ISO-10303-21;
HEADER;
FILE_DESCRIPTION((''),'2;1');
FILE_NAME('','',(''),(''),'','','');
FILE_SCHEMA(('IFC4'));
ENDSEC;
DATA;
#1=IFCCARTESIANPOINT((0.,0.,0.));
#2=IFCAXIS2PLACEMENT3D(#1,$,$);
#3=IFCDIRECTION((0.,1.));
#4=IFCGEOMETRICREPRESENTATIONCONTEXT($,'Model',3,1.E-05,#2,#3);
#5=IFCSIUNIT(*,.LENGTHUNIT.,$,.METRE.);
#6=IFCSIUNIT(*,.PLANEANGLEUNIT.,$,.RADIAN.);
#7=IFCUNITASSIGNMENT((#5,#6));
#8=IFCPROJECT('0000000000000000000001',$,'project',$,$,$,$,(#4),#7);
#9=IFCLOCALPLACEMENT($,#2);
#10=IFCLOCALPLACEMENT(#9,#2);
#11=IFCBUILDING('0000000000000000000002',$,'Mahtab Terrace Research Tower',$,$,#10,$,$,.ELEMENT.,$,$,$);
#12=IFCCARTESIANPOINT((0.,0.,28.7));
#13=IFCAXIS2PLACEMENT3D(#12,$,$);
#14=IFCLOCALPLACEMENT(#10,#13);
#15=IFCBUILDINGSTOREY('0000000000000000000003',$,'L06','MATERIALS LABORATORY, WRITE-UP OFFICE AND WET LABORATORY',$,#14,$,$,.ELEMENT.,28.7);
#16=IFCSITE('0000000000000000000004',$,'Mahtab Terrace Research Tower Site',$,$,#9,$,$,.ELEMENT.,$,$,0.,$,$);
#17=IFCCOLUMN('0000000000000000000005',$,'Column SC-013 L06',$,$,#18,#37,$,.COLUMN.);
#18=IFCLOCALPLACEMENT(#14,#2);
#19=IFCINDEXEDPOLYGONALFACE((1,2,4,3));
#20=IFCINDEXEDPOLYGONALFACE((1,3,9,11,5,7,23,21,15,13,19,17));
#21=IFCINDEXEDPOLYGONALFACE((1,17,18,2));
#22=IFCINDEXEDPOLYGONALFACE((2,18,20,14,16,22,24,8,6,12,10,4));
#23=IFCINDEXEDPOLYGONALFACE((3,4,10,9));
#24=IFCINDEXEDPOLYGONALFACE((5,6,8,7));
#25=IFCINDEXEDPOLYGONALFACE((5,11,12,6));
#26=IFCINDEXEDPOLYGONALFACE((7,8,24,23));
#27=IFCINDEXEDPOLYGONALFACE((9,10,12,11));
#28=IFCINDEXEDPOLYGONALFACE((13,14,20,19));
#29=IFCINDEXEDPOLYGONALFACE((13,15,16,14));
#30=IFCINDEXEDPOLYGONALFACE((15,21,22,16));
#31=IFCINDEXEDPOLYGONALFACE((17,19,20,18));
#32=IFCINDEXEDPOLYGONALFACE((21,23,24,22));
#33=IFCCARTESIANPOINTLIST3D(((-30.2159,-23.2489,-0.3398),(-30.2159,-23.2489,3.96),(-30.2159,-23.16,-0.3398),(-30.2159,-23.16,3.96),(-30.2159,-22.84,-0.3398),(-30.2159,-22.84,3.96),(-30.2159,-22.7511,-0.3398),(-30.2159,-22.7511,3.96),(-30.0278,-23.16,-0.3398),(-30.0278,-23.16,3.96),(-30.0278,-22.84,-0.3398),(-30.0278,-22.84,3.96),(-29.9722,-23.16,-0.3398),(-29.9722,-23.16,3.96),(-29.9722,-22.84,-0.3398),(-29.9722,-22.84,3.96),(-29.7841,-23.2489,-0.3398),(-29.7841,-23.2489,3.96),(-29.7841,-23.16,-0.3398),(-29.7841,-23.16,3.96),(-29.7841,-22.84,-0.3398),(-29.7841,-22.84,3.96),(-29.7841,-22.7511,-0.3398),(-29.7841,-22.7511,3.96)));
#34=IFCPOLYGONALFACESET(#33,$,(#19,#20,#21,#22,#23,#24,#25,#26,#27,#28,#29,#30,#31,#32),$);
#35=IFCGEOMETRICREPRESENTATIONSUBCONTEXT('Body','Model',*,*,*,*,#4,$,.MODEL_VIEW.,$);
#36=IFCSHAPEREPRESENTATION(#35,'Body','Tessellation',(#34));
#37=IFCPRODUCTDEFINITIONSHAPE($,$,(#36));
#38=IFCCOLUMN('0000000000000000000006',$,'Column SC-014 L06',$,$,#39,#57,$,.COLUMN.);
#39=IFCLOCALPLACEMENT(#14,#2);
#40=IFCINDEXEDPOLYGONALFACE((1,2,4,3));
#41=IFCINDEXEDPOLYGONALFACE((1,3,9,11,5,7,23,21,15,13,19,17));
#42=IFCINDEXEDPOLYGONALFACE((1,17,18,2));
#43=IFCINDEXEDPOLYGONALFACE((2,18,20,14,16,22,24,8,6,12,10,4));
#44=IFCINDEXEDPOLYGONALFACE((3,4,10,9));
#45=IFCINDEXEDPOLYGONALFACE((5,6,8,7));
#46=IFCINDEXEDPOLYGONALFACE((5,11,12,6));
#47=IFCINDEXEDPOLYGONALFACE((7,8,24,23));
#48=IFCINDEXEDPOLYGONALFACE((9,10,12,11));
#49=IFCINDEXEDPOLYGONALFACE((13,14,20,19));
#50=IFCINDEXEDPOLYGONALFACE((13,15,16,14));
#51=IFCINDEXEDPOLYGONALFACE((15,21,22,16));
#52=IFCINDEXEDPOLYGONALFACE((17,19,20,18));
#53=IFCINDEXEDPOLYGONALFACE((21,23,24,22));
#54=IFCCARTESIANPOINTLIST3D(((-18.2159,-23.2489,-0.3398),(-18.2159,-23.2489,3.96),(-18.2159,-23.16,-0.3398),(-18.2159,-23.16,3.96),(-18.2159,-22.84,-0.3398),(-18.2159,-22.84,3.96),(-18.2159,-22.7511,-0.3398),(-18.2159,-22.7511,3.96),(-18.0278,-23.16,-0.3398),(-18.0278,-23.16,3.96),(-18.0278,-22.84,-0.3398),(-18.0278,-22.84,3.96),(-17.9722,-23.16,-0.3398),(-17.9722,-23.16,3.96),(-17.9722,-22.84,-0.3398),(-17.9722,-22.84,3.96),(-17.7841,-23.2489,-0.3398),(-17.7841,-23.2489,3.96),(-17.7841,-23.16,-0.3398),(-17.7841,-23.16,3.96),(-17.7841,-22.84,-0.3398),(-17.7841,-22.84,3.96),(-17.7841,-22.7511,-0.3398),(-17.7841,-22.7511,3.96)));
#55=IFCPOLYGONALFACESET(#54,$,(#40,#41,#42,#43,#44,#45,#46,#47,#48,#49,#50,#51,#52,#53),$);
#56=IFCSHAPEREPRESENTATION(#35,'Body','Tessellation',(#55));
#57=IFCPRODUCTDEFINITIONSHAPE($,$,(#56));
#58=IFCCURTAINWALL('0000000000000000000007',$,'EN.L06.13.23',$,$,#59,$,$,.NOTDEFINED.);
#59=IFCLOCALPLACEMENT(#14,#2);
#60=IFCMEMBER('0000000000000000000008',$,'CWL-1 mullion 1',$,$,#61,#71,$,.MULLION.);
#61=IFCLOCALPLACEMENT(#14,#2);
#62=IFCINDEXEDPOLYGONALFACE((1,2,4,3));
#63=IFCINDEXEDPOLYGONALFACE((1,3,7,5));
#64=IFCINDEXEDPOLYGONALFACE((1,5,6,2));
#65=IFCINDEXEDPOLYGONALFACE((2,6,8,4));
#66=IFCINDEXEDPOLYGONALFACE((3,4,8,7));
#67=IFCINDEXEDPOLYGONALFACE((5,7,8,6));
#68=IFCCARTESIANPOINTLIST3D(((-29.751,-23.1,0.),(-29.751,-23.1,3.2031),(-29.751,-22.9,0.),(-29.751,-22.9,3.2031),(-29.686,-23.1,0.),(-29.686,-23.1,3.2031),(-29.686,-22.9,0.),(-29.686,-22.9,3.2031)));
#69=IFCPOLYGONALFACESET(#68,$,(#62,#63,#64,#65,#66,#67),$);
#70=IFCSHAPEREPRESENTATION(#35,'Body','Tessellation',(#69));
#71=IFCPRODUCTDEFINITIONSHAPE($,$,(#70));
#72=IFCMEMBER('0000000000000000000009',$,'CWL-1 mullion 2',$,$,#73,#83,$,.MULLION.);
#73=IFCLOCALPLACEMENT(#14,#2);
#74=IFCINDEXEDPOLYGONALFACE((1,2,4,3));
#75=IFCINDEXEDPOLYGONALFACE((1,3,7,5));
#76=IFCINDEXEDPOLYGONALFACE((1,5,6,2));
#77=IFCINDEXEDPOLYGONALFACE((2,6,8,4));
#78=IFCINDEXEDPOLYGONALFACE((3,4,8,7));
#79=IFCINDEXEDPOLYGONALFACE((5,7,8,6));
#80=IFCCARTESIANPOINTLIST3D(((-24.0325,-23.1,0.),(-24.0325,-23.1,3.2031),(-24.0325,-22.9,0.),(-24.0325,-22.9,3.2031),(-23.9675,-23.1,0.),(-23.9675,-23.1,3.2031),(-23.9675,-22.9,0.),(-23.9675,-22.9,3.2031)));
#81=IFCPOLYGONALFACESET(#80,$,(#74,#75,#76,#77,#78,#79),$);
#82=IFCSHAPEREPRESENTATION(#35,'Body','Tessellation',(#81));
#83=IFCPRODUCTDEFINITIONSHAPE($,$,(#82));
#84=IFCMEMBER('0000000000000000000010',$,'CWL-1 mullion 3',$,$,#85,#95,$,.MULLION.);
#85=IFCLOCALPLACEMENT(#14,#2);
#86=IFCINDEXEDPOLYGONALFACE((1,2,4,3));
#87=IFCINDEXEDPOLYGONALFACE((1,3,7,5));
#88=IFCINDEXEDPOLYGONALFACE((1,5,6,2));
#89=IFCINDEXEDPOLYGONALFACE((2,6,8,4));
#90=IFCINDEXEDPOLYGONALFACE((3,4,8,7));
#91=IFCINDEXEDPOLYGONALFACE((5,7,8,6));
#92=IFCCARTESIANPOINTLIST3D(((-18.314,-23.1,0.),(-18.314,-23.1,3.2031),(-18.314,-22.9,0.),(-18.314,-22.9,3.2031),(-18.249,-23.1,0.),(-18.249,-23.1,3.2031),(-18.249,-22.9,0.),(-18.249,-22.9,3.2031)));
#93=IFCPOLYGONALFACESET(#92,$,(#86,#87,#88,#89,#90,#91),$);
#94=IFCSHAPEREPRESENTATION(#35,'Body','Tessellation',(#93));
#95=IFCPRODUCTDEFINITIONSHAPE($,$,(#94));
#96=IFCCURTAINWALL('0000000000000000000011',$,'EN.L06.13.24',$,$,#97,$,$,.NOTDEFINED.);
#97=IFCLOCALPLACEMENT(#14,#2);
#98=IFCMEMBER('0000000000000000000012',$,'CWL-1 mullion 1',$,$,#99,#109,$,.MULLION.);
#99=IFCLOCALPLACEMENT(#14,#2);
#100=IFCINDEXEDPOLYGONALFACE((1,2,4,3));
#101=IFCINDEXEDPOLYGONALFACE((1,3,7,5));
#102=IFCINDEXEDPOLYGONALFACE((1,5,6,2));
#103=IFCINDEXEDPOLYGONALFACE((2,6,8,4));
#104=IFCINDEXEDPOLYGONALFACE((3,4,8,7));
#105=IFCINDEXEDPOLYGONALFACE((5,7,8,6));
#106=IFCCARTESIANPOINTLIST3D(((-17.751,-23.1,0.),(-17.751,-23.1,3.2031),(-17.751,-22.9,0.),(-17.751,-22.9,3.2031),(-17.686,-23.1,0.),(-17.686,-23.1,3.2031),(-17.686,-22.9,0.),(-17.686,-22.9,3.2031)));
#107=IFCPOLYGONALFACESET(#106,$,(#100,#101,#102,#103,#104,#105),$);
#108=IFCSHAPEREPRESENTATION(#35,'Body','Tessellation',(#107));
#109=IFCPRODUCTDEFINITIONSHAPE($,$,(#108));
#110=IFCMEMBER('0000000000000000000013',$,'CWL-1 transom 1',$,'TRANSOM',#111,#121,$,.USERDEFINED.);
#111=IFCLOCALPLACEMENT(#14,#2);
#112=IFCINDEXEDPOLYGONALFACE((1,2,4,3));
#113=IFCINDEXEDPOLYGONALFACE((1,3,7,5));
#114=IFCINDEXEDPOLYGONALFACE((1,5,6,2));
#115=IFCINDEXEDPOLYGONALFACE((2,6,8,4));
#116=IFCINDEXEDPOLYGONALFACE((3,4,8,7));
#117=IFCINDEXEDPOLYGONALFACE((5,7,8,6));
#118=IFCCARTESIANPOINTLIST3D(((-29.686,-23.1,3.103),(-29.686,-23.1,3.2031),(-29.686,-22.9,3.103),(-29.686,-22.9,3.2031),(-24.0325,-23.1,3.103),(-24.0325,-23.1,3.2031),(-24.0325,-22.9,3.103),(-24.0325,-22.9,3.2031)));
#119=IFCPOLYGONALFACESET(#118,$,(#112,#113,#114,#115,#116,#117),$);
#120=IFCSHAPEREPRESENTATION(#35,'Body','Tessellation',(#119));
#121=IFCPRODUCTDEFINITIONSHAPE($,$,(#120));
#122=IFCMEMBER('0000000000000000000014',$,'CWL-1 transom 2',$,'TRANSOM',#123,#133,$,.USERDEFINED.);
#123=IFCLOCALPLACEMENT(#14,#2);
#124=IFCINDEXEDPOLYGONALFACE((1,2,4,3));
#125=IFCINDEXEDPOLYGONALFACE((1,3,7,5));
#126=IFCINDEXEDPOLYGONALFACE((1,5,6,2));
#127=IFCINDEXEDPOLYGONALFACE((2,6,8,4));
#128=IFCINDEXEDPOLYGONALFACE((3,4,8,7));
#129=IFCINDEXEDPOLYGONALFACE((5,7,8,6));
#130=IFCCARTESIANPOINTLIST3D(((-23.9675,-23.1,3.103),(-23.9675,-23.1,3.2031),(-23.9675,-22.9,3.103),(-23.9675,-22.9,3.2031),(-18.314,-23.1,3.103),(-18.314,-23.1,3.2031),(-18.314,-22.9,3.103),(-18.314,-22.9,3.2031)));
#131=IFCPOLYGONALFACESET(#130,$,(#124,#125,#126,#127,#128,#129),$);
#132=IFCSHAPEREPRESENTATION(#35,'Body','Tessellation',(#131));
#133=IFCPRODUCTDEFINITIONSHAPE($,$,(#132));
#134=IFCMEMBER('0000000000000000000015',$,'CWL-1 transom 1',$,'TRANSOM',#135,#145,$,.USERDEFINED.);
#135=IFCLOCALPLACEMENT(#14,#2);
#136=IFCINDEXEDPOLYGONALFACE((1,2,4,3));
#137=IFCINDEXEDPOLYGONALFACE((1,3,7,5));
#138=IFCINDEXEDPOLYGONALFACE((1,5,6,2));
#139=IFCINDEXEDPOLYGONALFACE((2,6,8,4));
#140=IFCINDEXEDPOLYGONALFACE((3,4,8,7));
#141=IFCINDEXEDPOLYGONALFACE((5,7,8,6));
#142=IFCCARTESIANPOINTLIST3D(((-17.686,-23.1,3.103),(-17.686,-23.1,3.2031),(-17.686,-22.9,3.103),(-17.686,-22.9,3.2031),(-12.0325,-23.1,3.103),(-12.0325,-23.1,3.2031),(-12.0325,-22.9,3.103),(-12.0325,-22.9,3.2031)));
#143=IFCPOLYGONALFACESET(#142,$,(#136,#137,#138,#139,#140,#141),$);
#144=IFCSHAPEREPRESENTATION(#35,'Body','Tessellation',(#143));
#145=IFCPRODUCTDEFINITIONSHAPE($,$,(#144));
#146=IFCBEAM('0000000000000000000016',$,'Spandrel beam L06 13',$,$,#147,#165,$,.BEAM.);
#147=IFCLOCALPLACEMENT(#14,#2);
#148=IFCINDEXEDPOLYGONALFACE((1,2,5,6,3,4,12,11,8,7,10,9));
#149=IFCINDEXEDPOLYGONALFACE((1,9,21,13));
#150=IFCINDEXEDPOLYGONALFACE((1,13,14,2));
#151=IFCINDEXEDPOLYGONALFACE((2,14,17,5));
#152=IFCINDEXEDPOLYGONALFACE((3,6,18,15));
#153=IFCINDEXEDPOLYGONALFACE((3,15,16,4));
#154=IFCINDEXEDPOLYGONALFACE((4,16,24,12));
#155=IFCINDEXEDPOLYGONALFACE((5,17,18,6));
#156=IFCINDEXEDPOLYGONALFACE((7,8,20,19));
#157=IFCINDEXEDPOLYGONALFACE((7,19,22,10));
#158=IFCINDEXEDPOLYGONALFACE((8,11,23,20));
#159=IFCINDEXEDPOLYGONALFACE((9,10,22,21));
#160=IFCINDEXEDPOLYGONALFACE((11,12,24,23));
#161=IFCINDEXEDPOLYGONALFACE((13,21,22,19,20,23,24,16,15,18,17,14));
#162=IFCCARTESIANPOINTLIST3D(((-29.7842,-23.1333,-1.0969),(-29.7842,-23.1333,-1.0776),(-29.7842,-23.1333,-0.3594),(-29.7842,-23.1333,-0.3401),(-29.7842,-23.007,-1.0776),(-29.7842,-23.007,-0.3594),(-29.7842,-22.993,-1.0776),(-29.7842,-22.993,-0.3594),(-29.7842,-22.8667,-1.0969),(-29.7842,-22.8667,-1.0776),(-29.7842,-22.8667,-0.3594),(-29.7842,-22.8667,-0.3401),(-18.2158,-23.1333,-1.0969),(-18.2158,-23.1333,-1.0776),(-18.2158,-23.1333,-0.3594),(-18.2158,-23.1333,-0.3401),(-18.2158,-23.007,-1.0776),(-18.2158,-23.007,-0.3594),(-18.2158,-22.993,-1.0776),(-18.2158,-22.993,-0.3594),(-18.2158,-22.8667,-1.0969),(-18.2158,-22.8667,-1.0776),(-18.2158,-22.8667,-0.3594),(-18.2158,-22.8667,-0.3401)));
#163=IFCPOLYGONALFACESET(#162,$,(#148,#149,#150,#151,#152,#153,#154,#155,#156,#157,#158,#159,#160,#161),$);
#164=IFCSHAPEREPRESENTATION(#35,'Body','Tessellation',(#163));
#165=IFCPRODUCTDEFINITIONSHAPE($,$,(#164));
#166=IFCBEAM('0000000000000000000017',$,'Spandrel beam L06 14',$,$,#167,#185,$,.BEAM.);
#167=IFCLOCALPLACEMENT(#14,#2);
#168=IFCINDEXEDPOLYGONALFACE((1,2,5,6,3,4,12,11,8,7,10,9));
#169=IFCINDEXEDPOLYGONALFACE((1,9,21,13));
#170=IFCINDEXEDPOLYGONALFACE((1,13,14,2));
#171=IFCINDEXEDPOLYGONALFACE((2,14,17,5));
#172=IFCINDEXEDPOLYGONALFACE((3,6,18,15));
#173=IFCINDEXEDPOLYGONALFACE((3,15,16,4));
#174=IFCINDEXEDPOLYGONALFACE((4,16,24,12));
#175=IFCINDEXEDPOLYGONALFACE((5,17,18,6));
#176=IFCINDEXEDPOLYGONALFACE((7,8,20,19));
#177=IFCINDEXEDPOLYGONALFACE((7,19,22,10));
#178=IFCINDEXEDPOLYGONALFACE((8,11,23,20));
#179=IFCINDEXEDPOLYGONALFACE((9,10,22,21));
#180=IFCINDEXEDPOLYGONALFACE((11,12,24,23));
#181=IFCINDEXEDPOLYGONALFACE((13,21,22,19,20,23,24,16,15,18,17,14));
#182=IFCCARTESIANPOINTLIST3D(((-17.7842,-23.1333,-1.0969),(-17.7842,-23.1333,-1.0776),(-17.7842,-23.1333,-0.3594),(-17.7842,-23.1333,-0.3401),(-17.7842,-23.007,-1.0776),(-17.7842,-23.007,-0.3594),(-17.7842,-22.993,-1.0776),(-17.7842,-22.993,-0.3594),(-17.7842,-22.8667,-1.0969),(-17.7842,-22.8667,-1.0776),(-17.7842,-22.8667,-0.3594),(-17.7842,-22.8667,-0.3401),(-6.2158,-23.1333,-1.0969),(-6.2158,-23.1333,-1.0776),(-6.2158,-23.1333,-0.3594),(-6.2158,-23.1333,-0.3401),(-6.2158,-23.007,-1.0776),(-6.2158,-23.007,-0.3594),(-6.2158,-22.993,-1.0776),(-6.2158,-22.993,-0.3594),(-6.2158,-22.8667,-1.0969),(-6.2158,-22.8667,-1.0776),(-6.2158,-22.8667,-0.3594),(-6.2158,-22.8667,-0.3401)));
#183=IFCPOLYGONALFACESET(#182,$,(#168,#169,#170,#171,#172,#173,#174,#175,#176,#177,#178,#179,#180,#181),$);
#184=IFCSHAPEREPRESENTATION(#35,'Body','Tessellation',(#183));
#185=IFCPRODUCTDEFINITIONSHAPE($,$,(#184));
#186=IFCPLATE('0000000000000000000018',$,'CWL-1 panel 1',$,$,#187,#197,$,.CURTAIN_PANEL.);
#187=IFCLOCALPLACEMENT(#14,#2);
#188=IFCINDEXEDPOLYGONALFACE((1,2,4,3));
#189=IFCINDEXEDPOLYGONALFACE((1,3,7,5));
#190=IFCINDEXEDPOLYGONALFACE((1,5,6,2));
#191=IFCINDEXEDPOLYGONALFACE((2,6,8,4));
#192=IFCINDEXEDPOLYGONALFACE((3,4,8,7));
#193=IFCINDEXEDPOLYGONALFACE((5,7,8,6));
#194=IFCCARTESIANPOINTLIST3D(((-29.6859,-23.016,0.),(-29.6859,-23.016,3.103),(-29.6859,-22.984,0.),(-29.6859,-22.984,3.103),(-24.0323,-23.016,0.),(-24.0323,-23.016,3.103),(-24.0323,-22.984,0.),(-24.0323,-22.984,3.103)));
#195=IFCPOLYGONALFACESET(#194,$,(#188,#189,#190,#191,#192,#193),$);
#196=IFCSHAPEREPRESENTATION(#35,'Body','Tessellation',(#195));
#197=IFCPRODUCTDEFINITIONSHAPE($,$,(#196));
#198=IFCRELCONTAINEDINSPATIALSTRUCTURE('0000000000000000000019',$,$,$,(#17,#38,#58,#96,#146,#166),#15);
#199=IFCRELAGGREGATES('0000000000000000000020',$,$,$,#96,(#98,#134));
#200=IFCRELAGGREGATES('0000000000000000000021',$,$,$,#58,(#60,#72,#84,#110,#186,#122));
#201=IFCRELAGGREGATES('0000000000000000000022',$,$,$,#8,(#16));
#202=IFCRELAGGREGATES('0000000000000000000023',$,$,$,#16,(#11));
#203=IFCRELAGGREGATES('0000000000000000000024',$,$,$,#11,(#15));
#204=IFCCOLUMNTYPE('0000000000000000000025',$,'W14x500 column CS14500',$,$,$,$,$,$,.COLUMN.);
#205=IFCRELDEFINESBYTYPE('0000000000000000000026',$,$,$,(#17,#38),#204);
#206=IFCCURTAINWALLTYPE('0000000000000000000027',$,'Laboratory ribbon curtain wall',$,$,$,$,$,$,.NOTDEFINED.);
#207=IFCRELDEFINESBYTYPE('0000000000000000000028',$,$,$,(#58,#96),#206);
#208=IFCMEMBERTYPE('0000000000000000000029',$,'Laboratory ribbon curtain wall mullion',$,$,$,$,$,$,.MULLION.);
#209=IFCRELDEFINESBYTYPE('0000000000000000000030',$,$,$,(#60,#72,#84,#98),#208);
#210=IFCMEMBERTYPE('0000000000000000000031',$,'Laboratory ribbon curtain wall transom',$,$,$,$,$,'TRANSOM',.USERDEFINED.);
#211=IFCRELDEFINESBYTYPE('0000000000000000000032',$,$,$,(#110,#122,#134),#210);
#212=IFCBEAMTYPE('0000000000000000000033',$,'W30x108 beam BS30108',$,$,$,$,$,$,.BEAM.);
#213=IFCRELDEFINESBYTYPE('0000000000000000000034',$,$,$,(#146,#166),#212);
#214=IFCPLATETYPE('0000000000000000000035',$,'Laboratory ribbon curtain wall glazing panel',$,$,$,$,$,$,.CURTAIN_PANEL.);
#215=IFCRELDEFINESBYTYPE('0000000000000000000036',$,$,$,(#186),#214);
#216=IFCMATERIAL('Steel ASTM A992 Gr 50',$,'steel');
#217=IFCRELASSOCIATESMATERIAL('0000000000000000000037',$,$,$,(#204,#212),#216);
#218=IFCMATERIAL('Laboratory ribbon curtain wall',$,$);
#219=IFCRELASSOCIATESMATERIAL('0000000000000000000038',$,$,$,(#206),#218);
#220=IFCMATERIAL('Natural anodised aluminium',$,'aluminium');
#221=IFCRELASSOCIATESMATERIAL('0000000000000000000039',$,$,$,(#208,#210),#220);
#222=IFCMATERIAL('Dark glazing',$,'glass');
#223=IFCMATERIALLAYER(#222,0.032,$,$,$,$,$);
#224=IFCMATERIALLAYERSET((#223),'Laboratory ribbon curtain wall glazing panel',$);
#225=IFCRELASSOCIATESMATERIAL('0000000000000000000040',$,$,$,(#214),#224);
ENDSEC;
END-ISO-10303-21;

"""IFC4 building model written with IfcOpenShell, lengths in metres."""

from ifc_helpers import new_model, si_unit, direction, frame, origin, origin_2d, place, context, subcontext, project, spatial, rectangle, i_section, extrude, material, layer, layer_set, material_profile, profile_set, type_object, element, aggregate, save


model = new_model("IFC4")

# Units and contexts
model_context = context("Model", 3, precision=1e-05, world=origin(), true_north=direction((0.0, 1.0)))
body_context = subcontext(model_context, "Body", "Model", "MODEL_VIEW")
ifc_project = project(units=[si_unit("LENGTHUNIT", "METRE"), si_unit("PLANEANGLEUNIT", "RADIAN")], contexts=[model_context])

# Site, building, storey
site_placement = place(None, origin())
site = spatial("IfcSite", under=ifc_project, at=site_placement, Name="Mahtab Terrace Research Tower Site", CompositionType="ELEMENT", RefElevation=0.0)
building_placement = place(site_placement, origin())
building = spatial("IfcBuilding", under=site, at=building_placement, Name="Mahtab Terrace Research Tower", CompositionType="ELEMENT")
storey_placement = place(building_placement, frame((0.0, 0.0, 28.7)))
storey = spatial("IfcBuildingStorey", under=building, at=storey_placement, Name="L06", Description="MATERIALS LABORATORY, WRITE-UP OFFICE AND WET LABORATORY", CompositionType="ELEMENT", Elevation=28.7)

# Columns
ifc_material_1 = material(Name="Steel ASTM A992 Gr 50", Category="steel")
ifc_material_profile_1 = material_profile(ifc_material_1, i_section(OverallWidth=0.4319, OverallDepth=0.4978, WebThickness=0.0557, FlangeThickness=0.0889, at=origin_2d()), Name="W14X500")
ifc_profile_set_1 = profile_set([ifc_material_profile_1], Name="Steel ASTM A992 Gr 50")
column_type = type_object("IfcColumnType", Name="W14x500 column CS14500", PredefinedType="COLUMN", material=ifc_profile_set_1)
for number, where, z_axis, x_axis, name in (
    (1, (-30.0, -23.0, -0.3398), (0.0, 0.0, 1.0), (1.0, 0.0, 0.0), "Column SC-013 L06"),
    (2, (-18.0, -23.0, -0.3398), (0.0, 0.0, 1.0), (1.0, 0.0, 0.0), "Column SC-014 L06"),
):
    element("IfcColumn", number, at=place(storey_placement, frame(where, z_axis=z_axis, x_axis=x_axis)), inside=storey, type_object=column_type, Name=name, PredefinedType="COLUMN", context=body_context, shape_type="SweptSolid", body=[
        extrude(i_section(OverallWidth=0.4319, OverallDepth=0.4978, WebThickness=0.0557, FlangeThickness=0.0889, at=origin_2d()), origin(), (0.0, 0.0, 1.0), 4.2998),
    ])

# Curtain wall, members
ifc_material_2 = material(Name="Laboratory ribbon curtain wall")
curtain_wall_type = type_object("IfcCurtainWallType", Name="Laboratory ribbon curtain wall", PredefinedType="NOTDEFINED", material=ifc_material_2)
curtain_wall_1_placement = place(storey_placement, origin())
curtain_wall_1 = element("IfcCurtainWall", 3, at=curtain_wall_1_placement, inside=storey, type_object=curtain_wall_type, Name="EN.L06.13.23", PredefinedType="NOTDEFINED")
ifc_material_3 = material(Name="Natural anodised aluminium", Category="aluminium")
ifc_material_profile_2 = material_profile(ifc_material_3, rectangle(XDim=0.2, YDim=0.0649, at=origin_2d()), Name="MULLION 65x200")
ifc_profile_set_2 = profile_set([ifc_material_profile_2], Name="Natural anodised aluminium")
member_type_1 = type_object("IfcMemberType", Name="Laboratory ribbon curtain wall mullion", PredefinedType="MULLION", material=ifc_profile_set_2)
member_1_placement = place(storey_placement, frame((-29.7185, -23.0, 0.0), z_axis=(0.0, 0.0, 1.0), x_axis=(0.0, 1.0, 0.0)))
member_1 = element("IfcMember", 4, at=member_1_placement, type_object=member_type_1, Name="CWL-1 mullion 1", PredefinedType="MULLION", context=body_context, shape_type="SweptSolid", body=[
    extrude(rectangle(XDim=0.2, YDim=0.0649, at=origin_2d()), origin(), (0.0, 0.0, 1.0), 3.2031),
])
member_2_placement = place(storey_placement, frame((-24.0, -23.0, 0.0), z_axis=(0.0, 0.0, 1.0), x_axis=(0.0, 1.0, 0.0)))
member_2 = element("IfcMember", 5, at=member_2_placement, type_object=member_type_1, Name="CWL-1 mullion 2", PredefinedType="MULLION", context=body_context, shape_type="SweptSolid", body=[
    extrude(rectangle(XDim=0.2, YDim=0.0649, at=origin_2d()), origin(), (0.0, 0.0, 1.0), 3.2031),
])
member_3_placement = place(storey_placement, frame((-18.2815, -23.0, 0.0), z_axis=(0.0, 0.0, 1.0), x_axis=(0.0, 1.0, 0.0)))
member_3 = element("IfcMember", 6, at=member_3_placement, type_object=member_type_1, Name="CWL-1 mullion 3", PredefinedType="MULLION", context=body_context, shape_type="SweptSolid", body=[
    extrude(rectangle(XDim=0.2, YDim=0.0649, at=origin_2d()), origin(), (0.0, 0.0, 1.0), 3.2031),
])

# Curtain wall, member
curtain_wall_2_placement = place(storey_placement, origin())
curtain_wall_2 = element("IfcCurtainWall", 7, at=curtain_wall_2_placement, inside=storey, type_object=curtain_wall_type, Name="EN.L06.13.24", PredefinedType="NOTDEFINED")
member_4_placement = place(storey_placement, frame((-17.7185, -23.0, 0.0), z_axis=(0.0, 0.0, 1.0), x_axis=(0.0, 1.0, 0.0)))
member_4 = element("IfcMember", 8, at=member_4_placement, type_object=member_type_1, Name="CWL-1 mullion 1", PredefinedType="MULLION", context=body_context, shape_type="SweptSolid", body=[
    extrude(rectangle(XDim=0.2, YDim=0.0649, at=origin_2d()), origin(), (0.0, 0.0, 1.0), 3.2031),
])

# Members
ifc_material_profile_3 = material_profile(ifc_material_3, rectangle(XDim=0.2, YDim=0.1001, at=origin_2d()), Name="TRANSOM 100x200")
ifc_profile_set_3 = profile_set([ifc_material_profile_3], Name="Natural anodised aluminium")
member_type_2 = type_object("IfcMemberType", Name="Laboratory ribbon curtain wall transom", ElementType="TRANSOM", PredefinedType="USERDEFINED", material=ifc_profile_set_3)
member_5_placement = place(storey_placement, frame((-29.686, -23.0, 3.1531), z_axis=(1.0, 0.0, 0.0), x_axis=(0.0, 1.0, 0.0)))
member_5 = element("IfcMember", 9, at=member_5_placement, type_object=member_type_2, Name="CWL-1 transom 1", ObjectType="TRANSOM", PredefinedType="USERDEFINED", context=body_context, shape_type="SweptSolid", body=[
    extrude(rectangle(XDim=0.2, YDim=0.1001, at=origin_2d()), origin(), (0.0, 0.0, 1.0), 5.6536),
])
member_6_placement = place(storey_placement, frame((-23.9675, -23.0, 3.1531), z_axis=(1.0, 0.0, 0.0), x_axis=(0.0, 1.0, 0.0)))
member_6 = element("IfcMember", 10, at=member_6_placement, type_object=member_type_2, Name="CWL-1 transom 2", ObjectType="TRANSOM", PredefinedType="USERDEFINED", context=body_context, shape_type="SweptSolid", body=[
    extrude(rectangle(XDim=0.2, YDim=0.1001, at=origin_2d()), origin(), (0.0, 0.0, 1.0), 5.6536),
])
member_7_placement = place(storey_placement, frame((-17.686, -23.0, 3.1531), z_axis=(1.0, 0.0, 0.0), x_axis=(0.0, 1.0, 0.0)))
member_7 = element("IfcMember", 11, at=member_7_placement, type_object=member_type_2, Name="CWL-1 transom 1", ObjectType="TRANSOM", PredefinedType="USERDEFINED", context=body_context, shape_type="SweptSolid", body=[
    extrude(rectangle(XDim=0.2, YDim=0.1001, at=origin_2d()), origin(), (0.0, 0.0, 1.0), 5.6536),
])
aggregate(curtain_wall_2, [member_4, member_7])

# Beams
ifc_material_profile_4 = material_profile(ifc_material_1, i_section(OverallWidth=0.2666, OverallDepth=0.7568, WebThickness=0.0139, FlangeThickness=0.0193, at=origin_2d()), Name="W30X108")
ifc_profile_set_4 = profile_set([ifc_material_profile_4], Name="Steel ASTM A992 Gr 50")
beam_type = type_object("IfcBeamType", Name="W30x108 beam BS30108", PredefinedType="BEAM", material=ifc_profile_set_4)
for number, where, z_axis, x_axis, name in (
    (12, (-29.7842, -23.0, -0.7185), (1.0, 0.0, 0.0), (0.0, 1.0, 0.0), "Spandrel beam L06 13"),
    (13, (-17.7842, -23.0, -0.7185), (1.0, 0.0, 0.0), (0.0, 1.0, 0.0), "Spandrel beam L06 14"),
):
    element("IfcBeam", number, at=place(storey_placement, frame(where, z_axis=z_axis, x_axis=x_axis)), inside=storey, type_object=beam_type, Name=name, PredefinedType="BEAM", context=body_context, shape_type="SweptSolid", body=[
        extrude(i_section(OverallWidth=0.2666, OverallDepth=0.7568, WebThickness=0.0139, FlangeThickness=0.0193, at=origin_2d()), origin(), (0.0, 0.0, 1.0), 11.5684),
    ])

# Plate
ifc_material_4 = material(Name="Dark glazing", Category="glass")
ifc_layer_1 = layer(ifc_material_4, 0.032)
ifc_layer_set_1 = layer_set([ifc_layer_1], Name="Laboratory ribbon curtain wall glazing panel")
plate_type = type_object("IfcPlateType", Name="Laboratory ribbon curtain wall glazing panel", PredefinedType="CURTAIN_PANEL", material=ifc_layer_set_1)
plate_1_placement = place(storey_placement, frame((-26.8591, -23.0, 0.0), z_axis=(0.0, 0.0, 1.0), x_axis=(1.0, 0.0, 0.0)))
plate_1 = element("IfcPlate", 14, at=plate_1_placement, type_object=plate_type, Name="CWL-1 panel 1", PredefinedType="CURTAIN_PANEL", context=body_context, shape_type="SweptSolid", body=[
    extrude(rectangle(XDim=5.6536, YDim=0.032, at=origin_2d()), origin(), (0.0, 0.0, 1.0), 3.103),
])
aggregate(curtain_wall_1, [member_1, member_2, member_3, member_5, plate_1, member_6])

save(model, "model.ifc")
